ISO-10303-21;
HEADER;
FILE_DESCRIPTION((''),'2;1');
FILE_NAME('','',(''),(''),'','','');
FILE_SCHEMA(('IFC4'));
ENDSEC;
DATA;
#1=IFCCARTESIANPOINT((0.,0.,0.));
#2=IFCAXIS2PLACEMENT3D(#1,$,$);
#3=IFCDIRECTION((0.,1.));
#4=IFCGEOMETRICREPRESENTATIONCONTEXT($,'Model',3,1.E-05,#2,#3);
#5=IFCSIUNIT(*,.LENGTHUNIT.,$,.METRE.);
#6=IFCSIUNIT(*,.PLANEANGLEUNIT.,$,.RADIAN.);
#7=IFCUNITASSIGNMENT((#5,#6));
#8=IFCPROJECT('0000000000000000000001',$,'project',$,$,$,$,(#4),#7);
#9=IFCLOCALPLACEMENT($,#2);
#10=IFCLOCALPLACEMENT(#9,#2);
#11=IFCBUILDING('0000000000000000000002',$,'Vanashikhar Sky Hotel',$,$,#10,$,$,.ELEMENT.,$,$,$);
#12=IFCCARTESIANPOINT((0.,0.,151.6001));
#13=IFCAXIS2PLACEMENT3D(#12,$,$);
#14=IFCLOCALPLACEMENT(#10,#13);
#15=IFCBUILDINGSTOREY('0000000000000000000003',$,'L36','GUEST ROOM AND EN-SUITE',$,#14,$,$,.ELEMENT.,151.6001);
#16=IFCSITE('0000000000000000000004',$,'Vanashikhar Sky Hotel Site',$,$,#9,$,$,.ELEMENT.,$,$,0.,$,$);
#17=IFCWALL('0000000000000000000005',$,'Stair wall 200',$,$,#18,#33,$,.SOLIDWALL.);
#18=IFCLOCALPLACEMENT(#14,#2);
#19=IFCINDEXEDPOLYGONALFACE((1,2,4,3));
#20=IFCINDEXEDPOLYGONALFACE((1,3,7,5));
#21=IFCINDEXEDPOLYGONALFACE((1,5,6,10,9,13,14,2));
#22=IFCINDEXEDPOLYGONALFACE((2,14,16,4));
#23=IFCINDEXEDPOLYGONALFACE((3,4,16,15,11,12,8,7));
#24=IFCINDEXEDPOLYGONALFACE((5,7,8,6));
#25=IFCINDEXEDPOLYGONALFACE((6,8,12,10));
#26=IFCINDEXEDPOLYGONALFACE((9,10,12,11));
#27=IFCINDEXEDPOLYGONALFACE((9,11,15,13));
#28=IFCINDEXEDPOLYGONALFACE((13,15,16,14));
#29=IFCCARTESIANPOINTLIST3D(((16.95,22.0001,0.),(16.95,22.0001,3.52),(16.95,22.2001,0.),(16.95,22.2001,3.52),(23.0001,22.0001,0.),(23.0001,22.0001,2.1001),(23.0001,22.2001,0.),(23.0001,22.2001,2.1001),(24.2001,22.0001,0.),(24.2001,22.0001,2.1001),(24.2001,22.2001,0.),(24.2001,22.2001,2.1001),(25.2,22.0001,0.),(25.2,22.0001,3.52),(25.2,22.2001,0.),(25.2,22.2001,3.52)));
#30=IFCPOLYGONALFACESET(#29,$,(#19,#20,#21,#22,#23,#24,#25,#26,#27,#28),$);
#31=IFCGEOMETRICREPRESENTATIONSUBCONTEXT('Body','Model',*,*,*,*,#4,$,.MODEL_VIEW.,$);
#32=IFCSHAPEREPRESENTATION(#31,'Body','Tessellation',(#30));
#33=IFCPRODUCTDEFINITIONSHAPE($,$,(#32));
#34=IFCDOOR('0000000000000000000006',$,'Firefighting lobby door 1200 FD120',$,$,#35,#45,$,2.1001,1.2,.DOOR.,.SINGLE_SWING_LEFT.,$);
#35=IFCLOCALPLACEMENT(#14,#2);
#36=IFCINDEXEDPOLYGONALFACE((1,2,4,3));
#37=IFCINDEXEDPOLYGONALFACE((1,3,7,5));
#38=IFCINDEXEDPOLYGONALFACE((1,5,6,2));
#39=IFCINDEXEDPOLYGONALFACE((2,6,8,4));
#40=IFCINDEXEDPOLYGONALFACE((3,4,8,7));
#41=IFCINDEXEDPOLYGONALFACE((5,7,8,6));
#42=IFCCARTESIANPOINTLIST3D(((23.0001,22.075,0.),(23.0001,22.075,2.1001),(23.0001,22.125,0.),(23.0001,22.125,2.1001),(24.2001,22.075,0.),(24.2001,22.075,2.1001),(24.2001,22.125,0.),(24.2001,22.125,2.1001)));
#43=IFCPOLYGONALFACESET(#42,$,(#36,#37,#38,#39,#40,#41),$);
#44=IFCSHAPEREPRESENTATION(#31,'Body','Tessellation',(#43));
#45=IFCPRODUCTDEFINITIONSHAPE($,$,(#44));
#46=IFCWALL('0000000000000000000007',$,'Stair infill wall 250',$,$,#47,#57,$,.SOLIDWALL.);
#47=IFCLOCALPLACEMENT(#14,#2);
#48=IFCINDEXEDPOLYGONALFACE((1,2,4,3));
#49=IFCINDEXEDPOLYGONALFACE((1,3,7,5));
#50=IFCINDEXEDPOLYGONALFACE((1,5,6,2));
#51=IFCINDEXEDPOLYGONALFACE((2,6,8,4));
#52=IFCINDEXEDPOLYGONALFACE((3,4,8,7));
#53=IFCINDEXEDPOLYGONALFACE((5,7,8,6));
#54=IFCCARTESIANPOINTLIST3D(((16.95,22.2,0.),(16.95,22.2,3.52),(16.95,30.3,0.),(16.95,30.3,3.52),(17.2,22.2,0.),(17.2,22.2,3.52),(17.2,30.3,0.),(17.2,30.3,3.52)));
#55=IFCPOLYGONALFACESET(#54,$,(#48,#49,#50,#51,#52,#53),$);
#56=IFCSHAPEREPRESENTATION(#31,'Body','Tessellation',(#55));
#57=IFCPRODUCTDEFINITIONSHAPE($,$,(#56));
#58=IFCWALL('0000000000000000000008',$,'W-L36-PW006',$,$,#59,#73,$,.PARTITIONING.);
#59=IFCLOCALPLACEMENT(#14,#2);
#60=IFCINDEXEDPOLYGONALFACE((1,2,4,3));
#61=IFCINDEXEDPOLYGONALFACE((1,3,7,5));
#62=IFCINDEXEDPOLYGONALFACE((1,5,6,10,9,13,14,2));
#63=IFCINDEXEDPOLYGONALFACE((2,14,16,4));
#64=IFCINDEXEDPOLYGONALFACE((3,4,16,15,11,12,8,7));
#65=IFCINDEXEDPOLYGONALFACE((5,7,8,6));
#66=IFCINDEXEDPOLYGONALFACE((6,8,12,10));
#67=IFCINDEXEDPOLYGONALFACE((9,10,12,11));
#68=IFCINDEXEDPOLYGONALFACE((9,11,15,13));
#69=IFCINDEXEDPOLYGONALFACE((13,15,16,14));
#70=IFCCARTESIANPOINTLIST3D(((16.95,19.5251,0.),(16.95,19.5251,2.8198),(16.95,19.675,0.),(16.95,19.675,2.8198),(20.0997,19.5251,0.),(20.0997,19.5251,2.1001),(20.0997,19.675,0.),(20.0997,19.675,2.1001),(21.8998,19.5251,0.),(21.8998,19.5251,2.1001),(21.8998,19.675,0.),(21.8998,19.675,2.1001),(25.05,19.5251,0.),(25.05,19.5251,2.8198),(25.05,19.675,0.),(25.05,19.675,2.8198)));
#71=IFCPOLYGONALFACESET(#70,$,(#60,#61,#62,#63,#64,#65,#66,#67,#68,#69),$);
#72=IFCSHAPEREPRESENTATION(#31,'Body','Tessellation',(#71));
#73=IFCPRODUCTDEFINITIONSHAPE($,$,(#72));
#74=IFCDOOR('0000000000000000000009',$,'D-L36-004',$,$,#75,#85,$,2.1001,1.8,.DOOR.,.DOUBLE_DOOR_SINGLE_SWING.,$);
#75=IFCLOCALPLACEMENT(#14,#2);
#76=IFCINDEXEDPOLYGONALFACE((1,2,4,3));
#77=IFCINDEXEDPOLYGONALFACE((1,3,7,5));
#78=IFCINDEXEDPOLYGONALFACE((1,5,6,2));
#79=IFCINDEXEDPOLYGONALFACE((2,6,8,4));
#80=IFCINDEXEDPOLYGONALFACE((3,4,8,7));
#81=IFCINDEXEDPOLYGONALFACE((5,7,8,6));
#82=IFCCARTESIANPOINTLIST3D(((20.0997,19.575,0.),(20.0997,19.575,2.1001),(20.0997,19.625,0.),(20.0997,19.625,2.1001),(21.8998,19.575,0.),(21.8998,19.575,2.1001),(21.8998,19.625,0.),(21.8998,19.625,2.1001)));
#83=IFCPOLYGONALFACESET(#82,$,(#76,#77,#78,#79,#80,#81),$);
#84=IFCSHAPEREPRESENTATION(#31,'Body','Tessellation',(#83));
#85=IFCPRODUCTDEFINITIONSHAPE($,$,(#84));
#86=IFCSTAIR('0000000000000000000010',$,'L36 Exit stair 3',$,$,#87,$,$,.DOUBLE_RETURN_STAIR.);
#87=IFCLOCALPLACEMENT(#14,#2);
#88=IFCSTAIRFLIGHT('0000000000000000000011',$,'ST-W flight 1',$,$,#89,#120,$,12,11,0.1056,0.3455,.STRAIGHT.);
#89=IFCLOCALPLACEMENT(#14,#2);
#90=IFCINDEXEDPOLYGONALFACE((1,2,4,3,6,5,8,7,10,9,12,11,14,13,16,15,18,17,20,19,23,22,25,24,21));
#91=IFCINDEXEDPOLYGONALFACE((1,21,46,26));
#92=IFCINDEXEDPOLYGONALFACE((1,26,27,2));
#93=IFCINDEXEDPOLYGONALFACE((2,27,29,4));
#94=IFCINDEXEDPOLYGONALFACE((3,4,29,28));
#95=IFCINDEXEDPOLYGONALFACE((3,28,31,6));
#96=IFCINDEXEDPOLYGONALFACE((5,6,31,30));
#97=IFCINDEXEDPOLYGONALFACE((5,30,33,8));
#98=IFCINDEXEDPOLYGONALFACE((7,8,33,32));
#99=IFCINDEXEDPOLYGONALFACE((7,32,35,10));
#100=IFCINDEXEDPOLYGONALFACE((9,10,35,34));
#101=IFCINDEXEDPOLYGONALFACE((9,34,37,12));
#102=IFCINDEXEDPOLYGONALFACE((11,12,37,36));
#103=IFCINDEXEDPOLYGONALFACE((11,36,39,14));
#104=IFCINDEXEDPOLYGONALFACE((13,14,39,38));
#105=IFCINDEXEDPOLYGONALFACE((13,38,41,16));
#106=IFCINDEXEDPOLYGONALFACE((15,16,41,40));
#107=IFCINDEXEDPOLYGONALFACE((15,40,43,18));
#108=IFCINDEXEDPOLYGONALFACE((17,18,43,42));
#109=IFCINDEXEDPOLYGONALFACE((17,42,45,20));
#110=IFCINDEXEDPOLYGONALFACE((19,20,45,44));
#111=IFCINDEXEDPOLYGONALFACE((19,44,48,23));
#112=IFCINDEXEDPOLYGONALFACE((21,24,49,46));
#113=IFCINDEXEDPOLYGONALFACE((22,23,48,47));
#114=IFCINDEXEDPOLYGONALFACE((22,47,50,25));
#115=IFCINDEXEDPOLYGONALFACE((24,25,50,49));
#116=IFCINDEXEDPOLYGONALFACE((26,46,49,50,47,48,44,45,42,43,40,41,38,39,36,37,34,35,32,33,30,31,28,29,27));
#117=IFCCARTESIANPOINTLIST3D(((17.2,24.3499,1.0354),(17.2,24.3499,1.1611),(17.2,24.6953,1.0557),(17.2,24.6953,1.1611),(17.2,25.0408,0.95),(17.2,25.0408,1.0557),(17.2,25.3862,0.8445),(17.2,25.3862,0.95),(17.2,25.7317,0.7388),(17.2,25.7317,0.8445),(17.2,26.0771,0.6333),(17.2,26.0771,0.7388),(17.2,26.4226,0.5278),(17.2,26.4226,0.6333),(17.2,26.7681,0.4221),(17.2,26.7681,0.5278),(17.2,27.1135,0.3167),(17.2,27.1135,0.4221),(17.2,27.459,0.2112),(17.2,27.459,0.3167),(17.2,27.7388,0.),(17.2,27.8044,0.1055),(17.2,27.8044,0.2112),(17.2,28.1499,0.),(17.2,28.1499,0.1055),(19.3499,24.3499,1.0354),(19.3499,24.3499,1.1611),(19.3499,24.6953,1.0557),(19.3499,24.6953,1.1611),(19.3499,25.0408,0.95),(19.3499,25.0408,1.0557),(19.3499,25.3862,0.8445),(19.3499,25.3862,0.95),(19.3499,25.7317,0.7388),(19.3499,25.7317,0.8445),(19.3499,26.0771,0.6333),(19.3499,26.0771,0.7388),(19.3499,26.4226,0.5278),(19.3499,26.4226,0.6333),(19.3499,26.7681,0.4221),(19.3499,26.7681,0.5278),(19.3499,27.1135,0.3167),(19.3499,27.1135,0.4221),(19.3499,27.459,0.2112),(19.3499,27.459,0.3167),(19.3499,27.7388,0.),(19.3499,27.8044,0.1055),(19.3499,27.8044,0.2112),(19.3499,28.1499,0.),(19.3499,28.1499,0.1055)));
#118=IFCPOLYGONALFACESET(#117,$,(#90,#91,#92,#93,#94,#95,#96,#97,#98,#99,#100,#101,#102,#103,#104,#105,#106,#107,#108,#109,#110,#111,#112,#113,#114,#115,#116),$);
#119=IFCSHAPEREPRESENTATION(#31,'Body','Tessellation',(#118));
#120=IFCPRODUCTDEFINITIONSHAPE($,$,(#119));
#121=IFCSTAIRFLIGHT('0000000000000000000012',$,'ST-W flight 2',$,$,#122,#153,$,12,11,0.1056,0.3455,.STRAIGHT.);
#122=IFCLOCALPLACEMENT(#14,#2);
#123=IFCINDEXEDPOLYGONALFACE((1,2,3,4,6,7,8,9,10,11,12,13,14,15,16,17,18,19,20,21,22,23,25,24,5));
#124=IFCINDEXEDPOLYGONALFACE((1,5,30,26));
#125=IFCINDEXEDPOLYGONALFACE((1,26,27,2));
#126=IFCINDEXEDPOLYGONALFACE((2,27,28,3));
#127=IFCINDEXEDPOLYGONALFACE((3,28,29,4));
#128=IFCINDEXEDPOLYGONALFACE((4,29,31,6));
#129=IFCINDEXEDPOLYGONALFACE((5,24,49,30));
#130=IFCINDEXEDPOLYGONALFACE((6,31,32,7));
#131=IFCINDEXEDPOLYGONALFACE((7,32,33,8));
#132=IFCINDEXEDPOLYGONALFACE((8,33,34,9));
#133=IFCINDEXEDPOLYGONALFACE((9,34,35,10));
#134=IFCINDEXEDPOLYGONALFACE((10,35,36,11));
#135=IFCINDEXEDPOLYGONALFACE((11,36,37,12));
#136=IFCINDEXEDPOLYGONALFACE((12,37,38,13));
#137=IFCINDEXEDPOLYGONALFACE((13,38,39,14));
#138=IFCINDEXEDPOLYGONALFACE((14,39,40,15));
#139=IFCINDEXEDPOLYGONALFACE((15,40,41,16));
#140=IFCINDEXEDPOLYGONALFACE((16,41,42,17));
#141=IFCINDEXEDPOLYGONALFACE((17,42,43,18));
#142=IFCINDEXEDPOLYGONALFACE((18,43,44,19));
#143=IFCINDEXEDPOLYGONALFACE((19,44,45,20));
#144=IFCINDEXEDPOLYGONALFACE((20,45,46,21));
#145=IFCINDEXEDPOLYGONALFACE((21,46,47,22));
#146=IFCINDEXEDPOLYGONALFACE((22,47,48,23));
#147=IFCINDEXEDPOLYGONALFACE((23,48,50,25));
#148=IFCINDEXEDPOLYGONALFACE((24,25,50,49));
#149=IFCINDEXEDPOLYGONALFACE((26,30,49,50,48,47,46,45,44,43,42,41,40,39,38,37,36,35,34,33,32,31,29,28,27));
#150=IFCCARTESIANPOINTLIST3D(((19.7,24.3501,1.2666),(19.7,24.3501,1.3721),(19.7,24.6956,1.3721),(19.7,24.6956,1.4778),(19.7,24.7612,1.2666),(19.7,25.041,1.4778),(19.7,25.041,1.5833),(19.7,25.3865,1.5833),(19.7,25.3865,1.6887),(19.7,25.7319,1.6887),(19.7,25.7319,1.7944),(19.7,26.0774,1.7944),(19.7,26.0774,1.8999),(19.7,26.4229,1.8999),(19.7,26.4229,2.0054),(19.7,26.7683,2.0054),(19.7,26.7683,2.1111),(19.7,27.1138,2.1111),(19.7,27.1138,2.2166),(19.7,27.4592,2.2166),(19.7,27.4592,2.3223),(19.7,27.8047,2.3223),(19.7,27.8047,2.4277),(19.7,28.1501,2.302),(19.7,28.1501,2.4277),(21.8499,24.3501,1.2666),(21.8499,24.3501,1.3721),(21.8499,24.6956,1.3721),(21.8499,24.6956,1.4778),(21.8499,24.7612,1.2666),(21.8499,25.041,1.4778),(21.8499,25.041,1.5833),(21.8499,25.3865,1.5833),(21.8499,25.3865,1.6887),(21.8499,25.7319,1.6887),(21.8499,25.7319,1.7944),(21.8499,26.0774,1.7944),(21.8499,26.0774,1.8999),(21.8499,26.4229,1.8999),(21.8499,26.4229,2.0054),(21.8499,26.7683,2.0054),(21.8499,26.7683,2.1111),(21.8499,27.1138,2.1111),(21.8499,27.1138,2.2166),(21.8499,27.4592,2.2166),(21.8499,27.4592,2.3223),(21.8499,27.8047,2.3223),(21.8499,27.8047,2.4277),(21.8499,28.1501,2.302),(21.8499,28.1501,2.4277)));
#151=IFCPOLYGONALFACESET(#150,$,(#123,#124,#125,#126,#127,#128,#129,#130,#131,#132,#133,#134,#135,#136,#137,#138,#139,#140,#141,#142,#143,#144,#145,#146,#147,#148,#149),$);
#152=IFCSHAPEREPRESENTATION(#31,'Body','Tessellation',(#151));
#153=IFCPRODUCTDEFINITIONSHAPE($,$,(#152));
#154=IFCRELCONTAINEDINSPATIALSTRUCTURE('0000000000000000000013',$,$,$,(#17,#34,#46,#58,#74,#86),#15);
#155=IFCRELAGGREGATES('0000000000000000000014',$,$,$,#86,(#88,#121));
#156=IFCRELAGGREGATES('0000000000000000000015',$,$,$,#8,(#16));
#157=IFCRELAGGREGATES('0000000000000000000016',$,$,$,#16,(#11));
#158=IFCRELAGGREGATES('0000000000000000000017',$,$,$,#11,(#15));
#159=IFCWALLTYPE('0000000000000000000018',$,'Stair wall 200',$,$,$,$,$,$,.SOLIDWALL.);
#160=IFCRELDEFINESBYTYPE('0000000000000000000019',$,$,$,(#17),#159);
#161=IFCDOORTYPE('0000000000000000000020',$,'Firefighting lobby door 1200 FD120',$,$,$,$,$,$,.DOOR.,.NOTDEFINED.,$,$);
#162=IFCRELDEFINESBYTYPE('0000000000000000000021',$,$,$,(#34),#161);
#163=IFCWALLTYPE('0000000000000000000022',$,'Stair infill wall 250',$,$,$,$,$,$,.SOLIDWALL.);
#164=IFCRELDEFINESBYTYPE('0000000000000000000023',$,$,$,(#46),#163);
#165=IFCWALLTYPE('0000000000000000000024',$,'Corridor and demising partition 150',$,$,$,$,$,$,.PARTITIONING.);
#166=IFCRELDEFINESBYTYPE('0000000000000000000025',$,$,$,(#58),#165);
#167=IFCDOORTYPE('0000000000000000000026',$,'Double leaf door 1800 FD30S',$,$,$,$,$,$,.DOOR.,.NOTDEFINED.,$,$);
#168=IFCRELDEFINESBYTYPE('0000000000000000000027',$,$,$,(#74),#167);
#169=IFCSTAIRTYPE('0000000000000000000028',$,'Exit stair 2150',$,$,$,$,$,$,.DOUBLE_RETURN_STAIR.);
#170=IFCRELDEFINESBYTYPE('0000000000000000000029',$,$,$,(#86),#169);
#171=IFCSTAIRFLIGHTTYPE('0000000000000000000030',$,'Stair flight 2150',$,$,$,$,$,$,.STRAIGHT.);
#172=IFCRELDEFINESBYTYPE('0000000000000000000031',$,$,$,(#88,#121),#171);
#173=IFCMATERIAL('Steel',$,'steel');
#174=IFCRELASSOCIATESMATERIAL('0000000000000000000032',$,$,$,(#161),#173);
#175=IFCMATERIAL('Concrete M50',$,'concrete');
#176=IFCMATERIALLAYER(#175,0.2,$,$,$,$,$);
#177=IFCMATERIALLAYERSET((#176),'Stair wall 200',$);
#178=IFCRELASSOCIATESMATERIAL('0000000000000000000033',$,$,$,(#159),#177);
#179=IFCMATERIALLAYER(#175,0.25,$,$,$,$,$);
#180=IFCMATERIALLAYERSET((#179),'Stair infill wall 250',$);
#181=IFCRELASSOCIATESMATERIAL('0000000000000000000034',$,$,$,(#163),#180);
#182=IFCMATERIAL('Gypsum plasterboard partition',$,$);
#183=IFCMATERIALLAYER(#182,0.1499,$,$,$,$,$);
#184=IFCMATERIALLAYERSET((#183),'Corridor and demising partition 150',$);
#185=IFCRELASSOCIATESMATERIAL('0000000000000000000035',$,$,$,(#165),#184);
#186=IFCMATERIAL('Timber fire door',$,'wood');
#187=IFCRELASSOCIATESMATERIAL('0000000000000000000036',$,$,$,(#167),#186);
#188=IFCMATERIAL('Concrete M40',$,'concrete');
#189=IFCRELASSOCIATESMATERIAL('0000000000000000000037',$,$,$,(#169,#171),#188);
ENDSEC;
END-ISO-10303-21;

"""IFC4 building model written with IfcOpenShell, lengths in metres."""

from ifc_helpers import new_model, si_unit, direction, frame, frame_2d, origin, place, context, subcontext, project, spatial, polyline, rectangle, outline, extrude, source, transform, mapped, material, layer, layer_set, type_object, element, fill, aggregate, save


model = new_model("IFC4")

# Units and contexts
model_context = context("Model", 3, precision=1e-05, world=origin(), true_north=direction((0.0, 1.0)))
body_context = subcontext(model_context, "Body", "Model", "MODEL_VIEW")
ifc_project = project(units=[si_unit("LENGTHUNIT", "METRE"), si_unit("PLANEANGLEUNIT", "RADIAN")], contexts=[model_context])

# Site, building, storey
site_placement = place(None, origin())
site = spatial("IfcSite", under=ifc_project, at=site_placement, Name="Vanashikhar Sky Hotel Site", CompositionType="ELEMENT", RefElevation=0.0)
building_placement = place(site_placement, origin())
building = spatial("IfcBuilding", under=site, at=building_placement, Name="Vanashikhar Sky Hotel", CompositionType="ELEMENT")
storey_placement = place(building_placement, frame((0.0, 0.0, 151.6001)))
storey = spatial("IfcBuildingStorey", under=building, at=storey_placement, Name="L36", Description="GUEST ROOM AND EN-SUITE", CompositionType="ELEMENT", Elevation=151.6001)

# Shared definitions
ifc_material_1 = material(Name="Steel", Category="steel")
door_type_1 = type_object("IfcDoorType", Name="Firefighting lobby door 1200 FD120", OperationType="NOTDEFINED", PredefinedType="DOOR", material=ifc_material_1)

# Wall, opening, door
ifc_material_2 = material(Name="Concrete M50", Category="concrete")
ifc_layer_1 = layer(ifc_material_2, 0.2)
ifc_layer_set_1 = layer_set([ifc_layer_1], Name="Stair wall 200")
wall_type_1 = type_object("IfcWallType", Name="Stair wall 200", PredefinedType="SOLIDWALL", material=ifc_layer_set_1)
shared_shape_1 = source(origin(), body_context, "Body", "SweptSolid", [
    extrude(rectangle(XDim=1.2, YDim=2.1001, at=frame_2d((0.6001, 1.05))), frame((0.0, 0.1099, 0.0), z_axis=(0.0, -1.0, 0.0), x_axis=(1.0, 0.0, 0.0)), (0.0, 0.0, 1.0), 0.22),
])
shared_shape_2 = source(origin(), body_context, "Body", "SweptSolid", [
    extrude(rectangle(XDim=1.2, YDim=2.1001, at=frame_2d((0.6001, 1.05))), frame((0.0, 0.0249, 0.0), z_axis=(0.0, -1.0, 0.0), x_axis=(1.0, 0.0, 0.0)), (0.0, 0.0, 1.0), 0.05),
])
shared_shape_3 = source(origin(), body_context, "Body", "SweptSolid", [
    extrude(rectangle(XDim=8.25, YDim=0.2, at=frame_2d((4.125, 0.0))), origin(), (0.0, 0.0, 1.0), 3.52),
])
wall_1_placement = place(storey_placement, frame((16.95, 22.1001, 0.0), z_axis=(0.0, 0.0, 1.0), x_axis=(1.0, 0.0, 0.0)))
wall_1 = element("IfcWall", 1, at=wall_1_placement, inside=storey, type_object=wall_type_1, Name="Stair wall 200", PredefinedType="SOLIDWALL", context=body_context, shape_type="MappedRepresentation", body=[
    mapped(shared_shape_3, transform((0.0, 0.0, 0.0), scale=1.0)),
])
opening_1_placement = place(wall_1_placement, frame((6.05, 0.0, 0.0)))
opening_1 = element("IfcOpeningElement", 2, at=opening_1_placement, cuts=wall_1, PredefinedType="OPENING", context=body_context, shape_type="MappedRepresentation", body=[
    mapped(shared_shape_1, transform((0.0, 0.0, 0.0), scale=1.0)),
])
door_1_placement = place(opening_1_placement, origin())
door_1 = element("IfcDoor", 3, at=door_1_placement, inside=storey, type_object=door_type_1, Name="Firefighting lobby door 1200 FD120", OperationType="SINGLE_SWING_LEFT", OverallHeight=2.1001, OverallWidth=1.2, PredefinedType="DOOR", context=body_context, shape_type="MappedRepresentation", body=[
    mapped(shared_shape_2, transform((0.0, 0.0, 0.0), scale=1.0)),
])
fill(opening_1, door_1)

# Wall
ifc_layer_2 = layer(ifc_material_2, 0.25)
ifc_layer_set_2 = layer_set([ifc_layer_2], Name="Stair infill wall 250")
wall_type_2 = type_object("IfcWallType", Name="Stair infill wall 250", PredefinedType="SOLIDWALL", material=ifc_layer_set_2)
shared_shape_4 = source(origin(), body_context, "Body", "SweptSolid", [
    extrude(rectangle(XDim=8.1001, YDim=0.25, at=frame_2d((4.05, 0.0))), origin(), (0.0, 0.0, 1.0), 3.52),
])
wall_2_placement = place(storey_placement, frame((17.075, 22.2, 0.0), z_axis=(0.0, 0.0, 1.0), x_axis=(0.0, 1.0, 0.0)))
element("IfcWall", 4, at=wall_2_placement, inside=storey, type_object=wall_type_2, Name="Stair infill wall 250", PredefinedType="SOLIDWALL", context=body_context, shape_type="MappedRepresentation", body=[
    mapped(shared_shape_4, transform((0.0, 0.0, 0.0), scale=1.0)),
])

# Wall, opening, door
ifc_material_3 = material(Name="Gypsum plasterboard partition")
ifc_layer_3 = layer(ifc_material_3, 0.1499)
ifc_layer_set_3 = layer_set([ifc_layer_3], Name="Corridor and demising partition 150")
wall_type_3 = type_object("IfcWallType", Name="Corridor and demising partition 150", PredefinedType="PARTITIONING", material=ifc_layer_set_3)
shared_shape_5 = source(origin(), body_context, "Body", "SweptSolid", [
    extrude(rectangle(XDim=8.1001, YDim=0.1499, at=frame_2d((4.05, 0.0))), origin(), (0.0, 0.0, 1.0), 2.8198),
])
wall_3_placement = place(storey_placement, frame((16.95, 19.6001, 0.0), z_axis=(0.0, 0.0, 1.0), x_axis=(1.0, 0.0, 0.0)))
wall_3 = element("IfcWall", 5, at=wall_3_placement, inside=storey, type_object=wall_type_3, Name="W-L36-PW006", PredefinedType="PARTITIONING", context=body_context, shape_type="MappedRepresentation", body=[
    mapped(shared_shape_5, transform((0.0, 0.0, 0.0), scale=1.0)),
])
shared_shape_6 = source(origin(), body_context, "Body", "SweptSolid", [
    extrude(rectangle(XDim=1.8, YDim=2.1001, at=frame_2d((0.8999, 1.05))), frame((0.0, 0.085, 0.0), z_axis=(0.0, -1.0, 0.0), x_axis=(1.0, 0.0, 0.0)), (0.0, 0.0, 1.0), 0.1699),
])
opening_2_placement = place(wall_3_placement, frame((3.1499, 0.0, 0.0)))
opening_2 = element("IfcOpeningElement", 6, at=opening_2_placement, cuts=wall_3, PredefinedType="OPENING", context=body_context, shape_type="MappedRepresentation", body=[
    mapped(shared_shape_6, transform((0.0, 0.0, 0.0), scale=1.0)),
])
ifc_material_4 = material(Name="Timber fire door", Category="wood")
door_type_2 = type_object("IfcDoorType", Name="Double leaf door 1800 FD30S", OperationType="NOTDEFINED", PredefinedType="DOOR", material=ifc_material_4)
shared_shape_7 = source(origin(), body_context, "Body", "SweptSolid", [
    extrude(rectangle(XDim=1.8, YDim=2.1001, at=frame_2d((0.8999, 1.05))), frame((0.0, 0.0249, 0.0), z_axis=(0.0, -1.0, 0.0), x_axis=(1.0, 0.0, 0.0)), (0.0, 0.0, 1.0), 0.05),
])
door_2_placement = place(opening_2_placement, origin())
door_2 = element("IfcDoor", 7, at=door_2_placement, inside=storey, type_object=door_type_2, Name="D-L36-004", OperationType="DOUBLE_DOOR_SINGLE_SWING", OverallHeight=2.1001, OverallWidth=1.8, PredefinedType="DOOR", context=body_context, shape_type="MappedRepresentation", body=[
    mapped(shared_shape_7, transform((0.0, 0.0, 0.0), scale=1.0)),
])
fill(opening_2, door_2)

# Stair, stair flights
ifc_material_5 = material(Name="Concrete M40", Category="concrete")
stair_type = type_object("IfcStairType", Name="Exit stair 2150", PredefinedType="DOUBLE_RETURN_STAIR", material=ifc_material_5)
stair_placement = place(storey_placement, origin())
stair = element("IfcStair", 8, at=stair_placement, inside=storey, type_object=stair_type, Name="L36 Exit stair 3", PredefinedType="DOUBLE_RETURN_STAIR")
stair_flight_type = type_object("IfcStairFlightType", Name="Stair flight 2150", PredefinedType="STRAIGHT", material=ifc_material_5)
shared_shape_8 = source(origin(), body_context, "Body", "SweptSolid", [
    extrude(outline(polyline([(0.0, 0.0), (0.0, 0.1055), (0.3455, 0.1055), (0.3455, 0.2112), (0.6909, 0.2112), (0.6909, 0.3167), (1.0364, 0.3167), (1.0364, 0.4221), (1.3818, 0.4221), (1.3818, 0.5278), (1.7273, 0.5278), (1.7273, 0.6333), (2.0728, 0.6333), (2.0728, 0.7388), (2.4182, 0.7388), (2.4182, 0.8445), (2.7637, 0.8445), (2.7637, 0.95), (3.1091, 0.95), (3.1091, 1.0557), (3.4546, 1.0557), (3.4546, 1.1611), (3.8, 1.1611), (3.8, 1.2666), (3.8, 1.0354), (0.4111, 0.0), (0.0, 0.0)])), frame((0.0, 1.075, 0.0), z_axis=(0.0, -1.0, 0.0), x_axis=(1.0, 0.0, 0.0)), (0.0, 0.0, 1.0), 2.1499),
])
stair_flight_1_placement = place(storey_placement, frame((18.2749, 28.1499, 0.0), z_axis=(0.0, 0.0, 1.0), x_axis=(0.0, -1.0, 0.0)))
stair_flight_1 = element("IfcStairFlight", 9, at=stair_flight_1_placement, type_object=stair_flight_type, Name="ST-W flight 1", NumberOfRisers=12, NumberOfTreads=11, PredefinedType="STRAIGHT", RiserHeight=0.1056, TreadLength=0.3455, context=body_context, shape_type="MappedRepresentation", body=[
    mapped(shared_shape_8, transform((0.0, 0.0, 0.0), scale=1.0)),
])
stair_flight_2_placement = place(storey_placement, frame((20.7749, 24.3501, 1.2666), z_axis=(0.0, 0.0, 1.0), x_axis=(0.0, 1.0, 0.0)))
stair_flight_2 = element("IfcStairFlight", 10, at=stair_flight_2_placement, type_object=stair_flight_type, Name="ST-W flight 2", NumberOfRisers=12, NumberOfTreads=11, PredefinedType="STRAIGHT", RiserHeight=0.1056, TreadLength=0.3455, context=body_context, shape_type="MappedRepresentation", body=[
    mapped(shared_shape_8, transform((0.0, 0.0, 0.0), scale=1.0)),
])
aggregate(stair, [stair_flight_1, stair_flight_2])

save(model, "model.ifc")
